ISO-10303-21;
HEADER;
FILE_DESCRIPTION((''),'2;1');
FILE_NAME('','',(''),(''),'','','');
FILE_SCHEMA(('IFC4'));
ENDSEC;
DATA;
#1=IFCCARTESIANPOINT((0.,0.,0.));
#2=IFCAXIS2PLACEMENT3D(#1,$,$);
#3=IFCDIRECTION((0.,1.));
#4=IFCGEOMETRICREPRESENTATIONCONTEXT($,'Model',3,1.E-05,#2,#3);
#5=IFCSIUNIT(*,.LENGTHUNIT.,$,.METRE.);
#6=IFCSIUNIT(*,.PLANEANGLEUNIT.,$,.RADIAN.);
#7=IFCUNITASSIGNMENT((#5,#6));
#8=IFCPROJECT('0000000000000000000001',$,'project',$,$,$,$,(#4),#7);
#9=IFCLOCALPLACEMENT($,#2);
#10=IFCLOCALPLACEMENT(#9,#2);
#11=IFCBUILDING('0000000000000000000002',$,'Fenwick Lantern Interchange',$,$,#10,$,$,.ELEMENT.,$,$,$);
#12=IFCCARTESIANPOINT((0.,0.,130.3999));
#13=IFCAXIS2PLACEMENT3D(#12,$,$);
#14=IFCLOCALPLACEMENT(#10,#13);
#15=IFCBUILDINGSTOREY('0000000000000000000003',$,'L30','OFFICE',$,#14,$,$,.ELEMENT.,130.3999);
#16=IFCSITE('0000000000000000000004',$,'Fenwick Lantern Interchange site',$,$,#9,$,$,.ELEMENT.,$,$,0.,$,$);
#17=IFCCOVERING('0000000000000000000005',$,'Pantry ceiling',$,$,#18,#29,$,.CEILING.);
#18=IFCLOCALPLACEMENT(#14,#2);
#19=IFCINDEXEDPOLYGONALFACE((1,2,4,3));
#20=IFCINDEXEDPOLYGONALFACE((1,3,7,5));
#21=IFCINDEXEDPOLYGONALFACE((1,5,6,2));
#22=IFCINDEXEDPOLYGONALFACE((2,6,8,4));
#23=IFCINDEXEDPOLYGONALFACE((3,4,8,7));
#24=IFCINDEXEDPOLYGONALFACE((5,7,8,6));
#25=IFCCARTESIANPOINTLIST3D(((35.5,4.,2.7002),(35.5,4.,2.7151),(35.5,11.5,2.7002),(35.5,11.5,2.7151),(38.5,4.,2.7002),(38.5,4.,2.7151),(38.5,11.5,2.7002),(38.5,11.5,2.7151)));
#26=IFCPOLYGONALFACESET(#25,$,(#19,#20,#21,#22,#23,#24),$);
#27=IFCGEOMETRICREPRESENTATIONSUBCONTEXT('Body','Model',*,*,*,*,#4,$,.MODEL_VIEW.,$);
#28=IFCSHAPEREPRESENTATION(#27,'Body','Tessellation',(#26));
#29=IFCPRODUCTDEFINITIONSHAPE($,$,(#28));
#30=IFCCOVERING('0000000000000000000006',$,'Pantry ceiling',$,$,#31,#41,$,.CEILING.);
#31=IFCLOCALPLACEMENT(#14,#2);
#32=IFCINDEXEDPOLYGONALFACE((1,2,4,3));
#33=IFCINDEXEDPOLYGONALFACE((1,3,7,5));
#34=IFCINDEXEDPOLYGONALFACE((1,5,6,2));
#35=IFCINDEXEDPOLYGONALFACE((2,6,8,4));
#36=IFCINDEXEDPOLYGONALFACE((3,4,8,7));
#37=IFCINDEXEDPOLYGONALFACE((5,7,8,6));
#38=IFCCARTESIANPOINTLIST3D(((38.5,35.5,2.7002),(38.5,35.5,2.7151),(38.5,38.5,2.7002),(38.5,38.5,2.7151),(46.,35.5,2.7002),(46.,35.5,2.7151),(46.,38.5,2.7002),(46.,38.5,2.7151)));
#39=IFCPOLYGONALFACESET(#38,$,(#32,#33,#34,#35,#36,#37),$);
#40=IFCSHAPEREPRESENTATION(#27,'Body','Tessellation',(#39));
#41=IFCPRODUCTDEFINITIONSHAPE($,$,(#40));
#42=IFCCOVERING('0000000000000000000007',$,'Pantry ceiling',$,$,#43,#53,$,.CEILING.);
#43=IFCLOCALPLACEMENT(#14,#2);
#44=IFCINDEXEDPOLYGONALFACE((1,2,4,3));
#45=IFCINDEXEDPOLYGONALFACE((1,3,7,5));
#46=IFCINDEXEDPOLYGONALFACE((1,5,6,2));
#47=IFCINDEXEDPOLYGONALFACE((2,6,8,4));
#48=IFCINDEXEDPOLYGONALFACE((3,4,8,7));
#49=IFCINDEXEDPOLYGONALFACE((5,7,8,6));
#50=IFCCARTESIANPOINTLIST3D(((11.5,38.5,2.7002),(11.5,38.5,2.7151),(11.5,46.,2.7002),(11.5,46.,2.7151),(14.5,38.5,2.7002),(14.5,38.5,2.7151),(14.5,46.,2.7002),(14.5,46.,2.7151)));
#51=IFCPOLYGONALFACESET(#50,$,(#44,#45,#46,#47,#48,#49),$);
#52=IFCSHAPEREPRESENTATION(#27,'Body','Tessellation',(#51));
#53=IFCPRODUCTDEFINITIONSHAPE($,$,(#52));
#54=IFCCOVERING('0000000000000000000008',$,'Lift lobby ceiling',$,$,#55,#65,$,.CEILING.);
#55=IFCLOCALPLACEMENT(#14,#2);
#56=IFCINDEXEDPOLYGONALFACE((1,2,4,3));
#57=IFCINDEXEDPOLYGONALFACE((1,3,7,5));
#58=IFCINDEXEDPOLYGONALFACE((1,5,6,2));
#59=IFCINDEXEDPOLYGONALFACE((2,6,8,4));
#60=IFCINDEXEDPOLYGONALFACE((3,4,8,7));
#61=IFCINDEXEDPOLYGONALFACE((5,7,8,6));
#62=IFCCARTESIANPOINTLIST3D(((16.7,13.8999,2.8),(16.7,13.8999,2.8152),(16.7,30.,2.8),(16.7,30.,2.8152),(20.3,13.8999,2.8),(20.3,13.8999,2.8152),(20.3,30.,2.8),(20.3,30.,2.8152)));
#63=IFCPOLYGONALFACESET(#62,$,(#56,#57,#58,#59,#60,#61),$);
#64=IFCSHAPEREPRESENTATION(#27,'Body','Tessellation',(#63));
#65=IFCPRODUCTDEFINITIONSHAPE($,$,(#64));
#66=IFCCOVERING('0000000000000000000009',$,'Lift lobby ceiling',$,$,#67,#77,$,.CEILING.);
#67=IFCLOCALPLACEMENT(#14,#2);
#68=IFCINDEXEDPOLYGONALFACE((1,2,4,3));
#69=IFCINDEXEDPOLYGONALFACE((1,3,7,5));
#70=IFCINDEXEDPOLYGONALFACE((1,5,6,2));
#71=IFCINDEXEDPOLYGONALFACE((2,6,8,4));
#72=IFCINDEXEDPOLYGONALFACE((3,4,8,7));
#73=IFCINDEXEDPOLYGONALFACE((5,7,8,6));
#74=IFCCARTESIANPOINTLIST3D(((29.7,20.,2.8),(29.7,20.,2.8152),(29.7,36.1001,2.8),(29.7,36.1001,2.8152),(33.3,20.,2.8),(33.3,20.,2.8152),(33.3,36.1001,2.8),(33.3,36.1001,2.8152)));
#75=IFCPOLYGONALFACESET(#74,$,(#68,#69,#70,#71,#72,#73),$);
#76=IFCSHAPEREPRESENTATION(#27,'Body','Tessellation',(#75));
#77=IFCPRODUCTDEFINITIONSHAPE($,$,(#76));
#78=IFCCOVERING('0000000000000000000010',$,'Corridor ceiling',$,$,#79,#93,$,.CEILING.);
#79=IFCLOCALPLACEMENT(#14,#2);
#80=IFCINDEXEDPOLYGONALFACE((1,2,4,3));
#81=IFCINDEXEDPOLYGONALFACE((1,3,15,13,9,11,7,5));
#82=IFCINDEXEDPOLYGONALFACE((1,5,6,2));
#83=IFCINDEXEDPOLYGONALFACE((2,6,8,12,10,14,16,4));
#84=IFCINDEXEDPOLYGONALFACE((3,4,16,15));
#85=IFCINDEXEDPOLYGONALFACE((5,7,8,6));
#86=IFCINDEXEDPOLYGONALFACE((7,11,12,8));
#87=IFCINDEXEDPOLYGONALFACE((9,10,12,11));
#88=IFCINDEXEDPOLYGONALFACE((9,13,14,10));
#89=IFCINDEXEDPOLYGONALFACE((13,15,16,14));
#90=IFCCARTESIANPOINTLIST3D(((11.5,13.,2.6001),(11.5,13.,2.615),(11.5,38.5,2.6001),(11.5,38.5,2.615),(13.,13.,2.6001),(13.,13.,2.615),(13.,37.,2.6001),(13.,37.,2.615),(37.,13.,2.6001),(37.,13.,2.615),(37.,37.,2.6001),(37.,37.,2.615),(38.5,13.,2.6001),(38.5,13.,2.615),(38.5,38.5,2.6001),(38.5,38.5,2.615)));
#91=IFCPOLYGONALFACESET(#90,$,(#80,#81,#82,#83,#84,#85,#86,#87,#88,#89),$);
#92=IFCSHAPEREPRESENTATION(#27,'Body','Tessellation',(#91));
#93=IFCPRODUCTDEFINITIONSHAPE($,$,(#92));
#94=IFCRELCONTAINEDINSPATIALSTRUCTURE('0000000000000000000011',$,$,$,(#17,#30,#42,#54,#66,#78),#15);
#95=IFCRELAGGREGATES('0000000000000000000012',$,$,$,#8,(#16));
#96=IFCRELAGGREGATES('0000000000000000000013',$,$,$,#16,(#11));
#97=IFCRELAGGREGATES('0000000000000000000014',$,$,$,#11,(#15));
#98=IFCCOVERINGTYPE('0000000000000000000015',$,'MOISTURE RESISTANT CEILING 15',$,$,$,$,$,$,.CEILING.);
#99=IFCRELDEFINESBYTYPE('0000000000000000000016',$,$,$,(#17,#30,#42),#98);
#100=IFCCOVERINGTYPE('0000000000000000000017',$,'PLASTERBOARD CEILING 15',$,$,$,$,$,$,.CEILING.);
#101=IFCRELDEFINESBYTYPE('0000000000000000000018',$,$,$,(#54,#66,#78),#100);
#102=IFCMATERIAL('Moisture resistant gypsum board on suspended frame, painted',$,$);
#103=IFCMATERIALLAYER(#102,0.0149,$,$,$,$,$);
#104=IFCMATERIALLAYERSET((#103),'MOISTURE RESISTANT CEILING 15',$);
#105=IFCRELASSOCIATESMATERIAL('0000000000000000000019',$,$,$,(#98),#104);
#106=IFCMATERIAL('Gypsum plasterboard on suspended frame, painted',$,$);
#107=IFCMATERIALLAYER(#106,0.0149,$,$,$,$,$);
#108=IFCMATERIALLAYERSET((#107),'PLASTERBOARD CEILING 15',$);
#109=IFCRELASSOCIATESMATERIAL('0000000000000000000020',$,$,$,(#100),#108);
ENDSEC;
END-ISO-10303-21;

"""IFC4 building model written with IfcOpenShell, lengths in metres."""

from ifc_helpers import new_model, si_unit, direction, frame, origin, place, context, subcontext, project, spatial, polyline, outline, extrude, material, layer, layer_set, type_object, element, save


model = new_model("IFC4")

# Units and contexts
model_context = context("Model", 3, precision=1e-05, world=origin(), true_north=direction((0.0, 1.0)))
body_context = subcontext(model_context, "Body", "Model", "MODEL_VIEW")
ifc_project = project(units=[si_unit("LENGTHUNIT", "METRE"), si_unit("PLANEANGLEUNIT", "RADIAN")], contexts=[model_context])

# Site, building, storey
site_placement = place(None, origin())
site = spatial("IfcSite", under=ifc_project, at=site_placement, Name="Fenwick Lantern Interchange site", CompositionType="ELEMENT", RefElevation=0.0)
building_placement = place(site_placement, origin())
building = spatial("IfcBuilding", under=site, at=building_placement, Name="Fenwick Lantern Interchange", CompositionType="ELEMENT")
storey_placement = place(building_placement, frame((0.0, 0.0, 130.3999)))
storey = spatial("IfcBuildingStorey", under=building, at=storey_placement, Name="L30", Description="OFFICE", CompositionType="ELEMENT", Elevation=130.3999)

# Coverings
ifc_material_1 = material(Name="Moisture resistant gypsum board on suspended frame, painted")
ifc_layer_1 = layer(ifc_material_1, 0.0149)
ifc_layer_set_1 = layer_set([ifc_layer_1], Name="MOISTURE RESISTANT CEILING 15")
covering_type_1 = type_object("IfcCoveringType", Name="MOISTURE RESISTANT CEILING 15", PredefinedType="CEILING", material=ifc_layer_set_1)
covering_1_placement = place(storey_placement, frame((0.0, 0.0, 2.7002)))
element("IfcCovering", 1, at=covering_1_placement, inside=storey, type_object=covering_type_1, Name="Pantry ceiling", PredefinedType="CEILING", context=body_context, shape_type="SweptSolid", body=[
    extrude(outline(polyline([(35.5, 4.0), (38.5, 4.0), (38.5, 11.5), (35.5, 11.5), (35.5, 4.0)])), origin(), (0.0, 0.0, 1.0), 0.0149),
])
covering_2_placement = place(storey_placement, frame((0.0, 0.0, 2.7002)))
element("IfcCovering", 2, at=covering_2_placement, inside=storey, type_object=covering_type_1, Name="Pantry ceiling", PredefinedType="CEILING", context=body_context, shape_type="SweptSolid", body=[
    extrude(outline(polyline([(46.0, 35.5), (46.0, 38.5), (38.5, 38.5), (38.5, 35.5), (46.0, 35.5)])), origin(), (0.0, 0.0, 1.0), 0.0149),
])
covering_3_placement = place(storey_placement, frame((0.0, 0.0, 2.7002)))
element("IfcCovering", 3, at=covering_3_placement, inside=storey, type_object=covering_type_1, Name="Pantry ceiling", PredefinedType="CEILING", context=body_context, shape_type="SweptSolid", body=[
    extrude(outline(polyline([(14.5, 46.0), (11.5, 46.0), (11.5, 38.5), (14.5, 38.5), (14.5, 46.0)])), origin(), (0.0, 0.0, 1.0), 0.0149),
])
ifc_material_2 = material(Name="Gypsum plasterboard on suspended frame, painted")
ifc_layer_2 = layer(ifc_material_2, 0.0149)
ifc_layer_set_2 = layer_set([ifc_layer_2], Name="PLASTERBOARD CEILING 15")
covering_type_2 = type_object("IfcCoveringType", Name="PLASTERBOARD CEILING 15", PredefinedType="CEILING", material=ifc_layer_set_2)
covering_4_placement = place(storey_placement, frame((0.0, 0.0, 2.8)))
element("IfcCovering", 4, at=covering_4_placement, inside=storey, type_object=covering_type_2, Name="Lift lobby ceiling", PredefinedType="CEILING", context=body_context, shape_type="SweptSolid", body=[
    extrude(outline(polyline([(16.7, 13.8999), (20.3, 13.8999), (20.3, 30.0), (16.7, 30.0), (16.7, 13.8999)])), origin(), (0.0, 0.0, 1.0), 0.0151),
])
covering_5_placement = place(storey_placement, frame((0.0, 0.0, 2.8)))
element("IfcCovering", 5, at=covering_5_placement, inside=storey, type_object=covering_type_2, Name="Lift lobby ceiling", PredefinedType="CEILING", context=body_context, shape_type="SweptSolid", body=[
    extrude(outline(polyline([(33.3, 36.1001), (29.7, 36.1001), (29.7, 20.0), (33.3, 20.0), (33.3, 36.1001)])), origin(), (0.0, 0.0, 1.0), 0.0151),
])
covering_6_placement = place(storey_placement, frame((0.0, 0.0, 2.6001)))
element("IfcCovering", 6, at=covering_6_placement, inside=storey, type_object=covering_type_2, Name="Corridor ceiling", PredefinedType="CEILING", context=body_context, shape_type="SweptSolid", body=[
    extrude(outline(polyline([(38.5, 38.5), (11.5, 38.5), (11.5, 13.0), (13.0, 13.0), (13.0, 37.0), (37.0, 37.0), (37.0, 13.0), (38.5, 13.0), (38.5, 38.5)])), origin(), (0.0, 0.0, 1.0), 0.0149),
])

save(model, "model.ifc")
